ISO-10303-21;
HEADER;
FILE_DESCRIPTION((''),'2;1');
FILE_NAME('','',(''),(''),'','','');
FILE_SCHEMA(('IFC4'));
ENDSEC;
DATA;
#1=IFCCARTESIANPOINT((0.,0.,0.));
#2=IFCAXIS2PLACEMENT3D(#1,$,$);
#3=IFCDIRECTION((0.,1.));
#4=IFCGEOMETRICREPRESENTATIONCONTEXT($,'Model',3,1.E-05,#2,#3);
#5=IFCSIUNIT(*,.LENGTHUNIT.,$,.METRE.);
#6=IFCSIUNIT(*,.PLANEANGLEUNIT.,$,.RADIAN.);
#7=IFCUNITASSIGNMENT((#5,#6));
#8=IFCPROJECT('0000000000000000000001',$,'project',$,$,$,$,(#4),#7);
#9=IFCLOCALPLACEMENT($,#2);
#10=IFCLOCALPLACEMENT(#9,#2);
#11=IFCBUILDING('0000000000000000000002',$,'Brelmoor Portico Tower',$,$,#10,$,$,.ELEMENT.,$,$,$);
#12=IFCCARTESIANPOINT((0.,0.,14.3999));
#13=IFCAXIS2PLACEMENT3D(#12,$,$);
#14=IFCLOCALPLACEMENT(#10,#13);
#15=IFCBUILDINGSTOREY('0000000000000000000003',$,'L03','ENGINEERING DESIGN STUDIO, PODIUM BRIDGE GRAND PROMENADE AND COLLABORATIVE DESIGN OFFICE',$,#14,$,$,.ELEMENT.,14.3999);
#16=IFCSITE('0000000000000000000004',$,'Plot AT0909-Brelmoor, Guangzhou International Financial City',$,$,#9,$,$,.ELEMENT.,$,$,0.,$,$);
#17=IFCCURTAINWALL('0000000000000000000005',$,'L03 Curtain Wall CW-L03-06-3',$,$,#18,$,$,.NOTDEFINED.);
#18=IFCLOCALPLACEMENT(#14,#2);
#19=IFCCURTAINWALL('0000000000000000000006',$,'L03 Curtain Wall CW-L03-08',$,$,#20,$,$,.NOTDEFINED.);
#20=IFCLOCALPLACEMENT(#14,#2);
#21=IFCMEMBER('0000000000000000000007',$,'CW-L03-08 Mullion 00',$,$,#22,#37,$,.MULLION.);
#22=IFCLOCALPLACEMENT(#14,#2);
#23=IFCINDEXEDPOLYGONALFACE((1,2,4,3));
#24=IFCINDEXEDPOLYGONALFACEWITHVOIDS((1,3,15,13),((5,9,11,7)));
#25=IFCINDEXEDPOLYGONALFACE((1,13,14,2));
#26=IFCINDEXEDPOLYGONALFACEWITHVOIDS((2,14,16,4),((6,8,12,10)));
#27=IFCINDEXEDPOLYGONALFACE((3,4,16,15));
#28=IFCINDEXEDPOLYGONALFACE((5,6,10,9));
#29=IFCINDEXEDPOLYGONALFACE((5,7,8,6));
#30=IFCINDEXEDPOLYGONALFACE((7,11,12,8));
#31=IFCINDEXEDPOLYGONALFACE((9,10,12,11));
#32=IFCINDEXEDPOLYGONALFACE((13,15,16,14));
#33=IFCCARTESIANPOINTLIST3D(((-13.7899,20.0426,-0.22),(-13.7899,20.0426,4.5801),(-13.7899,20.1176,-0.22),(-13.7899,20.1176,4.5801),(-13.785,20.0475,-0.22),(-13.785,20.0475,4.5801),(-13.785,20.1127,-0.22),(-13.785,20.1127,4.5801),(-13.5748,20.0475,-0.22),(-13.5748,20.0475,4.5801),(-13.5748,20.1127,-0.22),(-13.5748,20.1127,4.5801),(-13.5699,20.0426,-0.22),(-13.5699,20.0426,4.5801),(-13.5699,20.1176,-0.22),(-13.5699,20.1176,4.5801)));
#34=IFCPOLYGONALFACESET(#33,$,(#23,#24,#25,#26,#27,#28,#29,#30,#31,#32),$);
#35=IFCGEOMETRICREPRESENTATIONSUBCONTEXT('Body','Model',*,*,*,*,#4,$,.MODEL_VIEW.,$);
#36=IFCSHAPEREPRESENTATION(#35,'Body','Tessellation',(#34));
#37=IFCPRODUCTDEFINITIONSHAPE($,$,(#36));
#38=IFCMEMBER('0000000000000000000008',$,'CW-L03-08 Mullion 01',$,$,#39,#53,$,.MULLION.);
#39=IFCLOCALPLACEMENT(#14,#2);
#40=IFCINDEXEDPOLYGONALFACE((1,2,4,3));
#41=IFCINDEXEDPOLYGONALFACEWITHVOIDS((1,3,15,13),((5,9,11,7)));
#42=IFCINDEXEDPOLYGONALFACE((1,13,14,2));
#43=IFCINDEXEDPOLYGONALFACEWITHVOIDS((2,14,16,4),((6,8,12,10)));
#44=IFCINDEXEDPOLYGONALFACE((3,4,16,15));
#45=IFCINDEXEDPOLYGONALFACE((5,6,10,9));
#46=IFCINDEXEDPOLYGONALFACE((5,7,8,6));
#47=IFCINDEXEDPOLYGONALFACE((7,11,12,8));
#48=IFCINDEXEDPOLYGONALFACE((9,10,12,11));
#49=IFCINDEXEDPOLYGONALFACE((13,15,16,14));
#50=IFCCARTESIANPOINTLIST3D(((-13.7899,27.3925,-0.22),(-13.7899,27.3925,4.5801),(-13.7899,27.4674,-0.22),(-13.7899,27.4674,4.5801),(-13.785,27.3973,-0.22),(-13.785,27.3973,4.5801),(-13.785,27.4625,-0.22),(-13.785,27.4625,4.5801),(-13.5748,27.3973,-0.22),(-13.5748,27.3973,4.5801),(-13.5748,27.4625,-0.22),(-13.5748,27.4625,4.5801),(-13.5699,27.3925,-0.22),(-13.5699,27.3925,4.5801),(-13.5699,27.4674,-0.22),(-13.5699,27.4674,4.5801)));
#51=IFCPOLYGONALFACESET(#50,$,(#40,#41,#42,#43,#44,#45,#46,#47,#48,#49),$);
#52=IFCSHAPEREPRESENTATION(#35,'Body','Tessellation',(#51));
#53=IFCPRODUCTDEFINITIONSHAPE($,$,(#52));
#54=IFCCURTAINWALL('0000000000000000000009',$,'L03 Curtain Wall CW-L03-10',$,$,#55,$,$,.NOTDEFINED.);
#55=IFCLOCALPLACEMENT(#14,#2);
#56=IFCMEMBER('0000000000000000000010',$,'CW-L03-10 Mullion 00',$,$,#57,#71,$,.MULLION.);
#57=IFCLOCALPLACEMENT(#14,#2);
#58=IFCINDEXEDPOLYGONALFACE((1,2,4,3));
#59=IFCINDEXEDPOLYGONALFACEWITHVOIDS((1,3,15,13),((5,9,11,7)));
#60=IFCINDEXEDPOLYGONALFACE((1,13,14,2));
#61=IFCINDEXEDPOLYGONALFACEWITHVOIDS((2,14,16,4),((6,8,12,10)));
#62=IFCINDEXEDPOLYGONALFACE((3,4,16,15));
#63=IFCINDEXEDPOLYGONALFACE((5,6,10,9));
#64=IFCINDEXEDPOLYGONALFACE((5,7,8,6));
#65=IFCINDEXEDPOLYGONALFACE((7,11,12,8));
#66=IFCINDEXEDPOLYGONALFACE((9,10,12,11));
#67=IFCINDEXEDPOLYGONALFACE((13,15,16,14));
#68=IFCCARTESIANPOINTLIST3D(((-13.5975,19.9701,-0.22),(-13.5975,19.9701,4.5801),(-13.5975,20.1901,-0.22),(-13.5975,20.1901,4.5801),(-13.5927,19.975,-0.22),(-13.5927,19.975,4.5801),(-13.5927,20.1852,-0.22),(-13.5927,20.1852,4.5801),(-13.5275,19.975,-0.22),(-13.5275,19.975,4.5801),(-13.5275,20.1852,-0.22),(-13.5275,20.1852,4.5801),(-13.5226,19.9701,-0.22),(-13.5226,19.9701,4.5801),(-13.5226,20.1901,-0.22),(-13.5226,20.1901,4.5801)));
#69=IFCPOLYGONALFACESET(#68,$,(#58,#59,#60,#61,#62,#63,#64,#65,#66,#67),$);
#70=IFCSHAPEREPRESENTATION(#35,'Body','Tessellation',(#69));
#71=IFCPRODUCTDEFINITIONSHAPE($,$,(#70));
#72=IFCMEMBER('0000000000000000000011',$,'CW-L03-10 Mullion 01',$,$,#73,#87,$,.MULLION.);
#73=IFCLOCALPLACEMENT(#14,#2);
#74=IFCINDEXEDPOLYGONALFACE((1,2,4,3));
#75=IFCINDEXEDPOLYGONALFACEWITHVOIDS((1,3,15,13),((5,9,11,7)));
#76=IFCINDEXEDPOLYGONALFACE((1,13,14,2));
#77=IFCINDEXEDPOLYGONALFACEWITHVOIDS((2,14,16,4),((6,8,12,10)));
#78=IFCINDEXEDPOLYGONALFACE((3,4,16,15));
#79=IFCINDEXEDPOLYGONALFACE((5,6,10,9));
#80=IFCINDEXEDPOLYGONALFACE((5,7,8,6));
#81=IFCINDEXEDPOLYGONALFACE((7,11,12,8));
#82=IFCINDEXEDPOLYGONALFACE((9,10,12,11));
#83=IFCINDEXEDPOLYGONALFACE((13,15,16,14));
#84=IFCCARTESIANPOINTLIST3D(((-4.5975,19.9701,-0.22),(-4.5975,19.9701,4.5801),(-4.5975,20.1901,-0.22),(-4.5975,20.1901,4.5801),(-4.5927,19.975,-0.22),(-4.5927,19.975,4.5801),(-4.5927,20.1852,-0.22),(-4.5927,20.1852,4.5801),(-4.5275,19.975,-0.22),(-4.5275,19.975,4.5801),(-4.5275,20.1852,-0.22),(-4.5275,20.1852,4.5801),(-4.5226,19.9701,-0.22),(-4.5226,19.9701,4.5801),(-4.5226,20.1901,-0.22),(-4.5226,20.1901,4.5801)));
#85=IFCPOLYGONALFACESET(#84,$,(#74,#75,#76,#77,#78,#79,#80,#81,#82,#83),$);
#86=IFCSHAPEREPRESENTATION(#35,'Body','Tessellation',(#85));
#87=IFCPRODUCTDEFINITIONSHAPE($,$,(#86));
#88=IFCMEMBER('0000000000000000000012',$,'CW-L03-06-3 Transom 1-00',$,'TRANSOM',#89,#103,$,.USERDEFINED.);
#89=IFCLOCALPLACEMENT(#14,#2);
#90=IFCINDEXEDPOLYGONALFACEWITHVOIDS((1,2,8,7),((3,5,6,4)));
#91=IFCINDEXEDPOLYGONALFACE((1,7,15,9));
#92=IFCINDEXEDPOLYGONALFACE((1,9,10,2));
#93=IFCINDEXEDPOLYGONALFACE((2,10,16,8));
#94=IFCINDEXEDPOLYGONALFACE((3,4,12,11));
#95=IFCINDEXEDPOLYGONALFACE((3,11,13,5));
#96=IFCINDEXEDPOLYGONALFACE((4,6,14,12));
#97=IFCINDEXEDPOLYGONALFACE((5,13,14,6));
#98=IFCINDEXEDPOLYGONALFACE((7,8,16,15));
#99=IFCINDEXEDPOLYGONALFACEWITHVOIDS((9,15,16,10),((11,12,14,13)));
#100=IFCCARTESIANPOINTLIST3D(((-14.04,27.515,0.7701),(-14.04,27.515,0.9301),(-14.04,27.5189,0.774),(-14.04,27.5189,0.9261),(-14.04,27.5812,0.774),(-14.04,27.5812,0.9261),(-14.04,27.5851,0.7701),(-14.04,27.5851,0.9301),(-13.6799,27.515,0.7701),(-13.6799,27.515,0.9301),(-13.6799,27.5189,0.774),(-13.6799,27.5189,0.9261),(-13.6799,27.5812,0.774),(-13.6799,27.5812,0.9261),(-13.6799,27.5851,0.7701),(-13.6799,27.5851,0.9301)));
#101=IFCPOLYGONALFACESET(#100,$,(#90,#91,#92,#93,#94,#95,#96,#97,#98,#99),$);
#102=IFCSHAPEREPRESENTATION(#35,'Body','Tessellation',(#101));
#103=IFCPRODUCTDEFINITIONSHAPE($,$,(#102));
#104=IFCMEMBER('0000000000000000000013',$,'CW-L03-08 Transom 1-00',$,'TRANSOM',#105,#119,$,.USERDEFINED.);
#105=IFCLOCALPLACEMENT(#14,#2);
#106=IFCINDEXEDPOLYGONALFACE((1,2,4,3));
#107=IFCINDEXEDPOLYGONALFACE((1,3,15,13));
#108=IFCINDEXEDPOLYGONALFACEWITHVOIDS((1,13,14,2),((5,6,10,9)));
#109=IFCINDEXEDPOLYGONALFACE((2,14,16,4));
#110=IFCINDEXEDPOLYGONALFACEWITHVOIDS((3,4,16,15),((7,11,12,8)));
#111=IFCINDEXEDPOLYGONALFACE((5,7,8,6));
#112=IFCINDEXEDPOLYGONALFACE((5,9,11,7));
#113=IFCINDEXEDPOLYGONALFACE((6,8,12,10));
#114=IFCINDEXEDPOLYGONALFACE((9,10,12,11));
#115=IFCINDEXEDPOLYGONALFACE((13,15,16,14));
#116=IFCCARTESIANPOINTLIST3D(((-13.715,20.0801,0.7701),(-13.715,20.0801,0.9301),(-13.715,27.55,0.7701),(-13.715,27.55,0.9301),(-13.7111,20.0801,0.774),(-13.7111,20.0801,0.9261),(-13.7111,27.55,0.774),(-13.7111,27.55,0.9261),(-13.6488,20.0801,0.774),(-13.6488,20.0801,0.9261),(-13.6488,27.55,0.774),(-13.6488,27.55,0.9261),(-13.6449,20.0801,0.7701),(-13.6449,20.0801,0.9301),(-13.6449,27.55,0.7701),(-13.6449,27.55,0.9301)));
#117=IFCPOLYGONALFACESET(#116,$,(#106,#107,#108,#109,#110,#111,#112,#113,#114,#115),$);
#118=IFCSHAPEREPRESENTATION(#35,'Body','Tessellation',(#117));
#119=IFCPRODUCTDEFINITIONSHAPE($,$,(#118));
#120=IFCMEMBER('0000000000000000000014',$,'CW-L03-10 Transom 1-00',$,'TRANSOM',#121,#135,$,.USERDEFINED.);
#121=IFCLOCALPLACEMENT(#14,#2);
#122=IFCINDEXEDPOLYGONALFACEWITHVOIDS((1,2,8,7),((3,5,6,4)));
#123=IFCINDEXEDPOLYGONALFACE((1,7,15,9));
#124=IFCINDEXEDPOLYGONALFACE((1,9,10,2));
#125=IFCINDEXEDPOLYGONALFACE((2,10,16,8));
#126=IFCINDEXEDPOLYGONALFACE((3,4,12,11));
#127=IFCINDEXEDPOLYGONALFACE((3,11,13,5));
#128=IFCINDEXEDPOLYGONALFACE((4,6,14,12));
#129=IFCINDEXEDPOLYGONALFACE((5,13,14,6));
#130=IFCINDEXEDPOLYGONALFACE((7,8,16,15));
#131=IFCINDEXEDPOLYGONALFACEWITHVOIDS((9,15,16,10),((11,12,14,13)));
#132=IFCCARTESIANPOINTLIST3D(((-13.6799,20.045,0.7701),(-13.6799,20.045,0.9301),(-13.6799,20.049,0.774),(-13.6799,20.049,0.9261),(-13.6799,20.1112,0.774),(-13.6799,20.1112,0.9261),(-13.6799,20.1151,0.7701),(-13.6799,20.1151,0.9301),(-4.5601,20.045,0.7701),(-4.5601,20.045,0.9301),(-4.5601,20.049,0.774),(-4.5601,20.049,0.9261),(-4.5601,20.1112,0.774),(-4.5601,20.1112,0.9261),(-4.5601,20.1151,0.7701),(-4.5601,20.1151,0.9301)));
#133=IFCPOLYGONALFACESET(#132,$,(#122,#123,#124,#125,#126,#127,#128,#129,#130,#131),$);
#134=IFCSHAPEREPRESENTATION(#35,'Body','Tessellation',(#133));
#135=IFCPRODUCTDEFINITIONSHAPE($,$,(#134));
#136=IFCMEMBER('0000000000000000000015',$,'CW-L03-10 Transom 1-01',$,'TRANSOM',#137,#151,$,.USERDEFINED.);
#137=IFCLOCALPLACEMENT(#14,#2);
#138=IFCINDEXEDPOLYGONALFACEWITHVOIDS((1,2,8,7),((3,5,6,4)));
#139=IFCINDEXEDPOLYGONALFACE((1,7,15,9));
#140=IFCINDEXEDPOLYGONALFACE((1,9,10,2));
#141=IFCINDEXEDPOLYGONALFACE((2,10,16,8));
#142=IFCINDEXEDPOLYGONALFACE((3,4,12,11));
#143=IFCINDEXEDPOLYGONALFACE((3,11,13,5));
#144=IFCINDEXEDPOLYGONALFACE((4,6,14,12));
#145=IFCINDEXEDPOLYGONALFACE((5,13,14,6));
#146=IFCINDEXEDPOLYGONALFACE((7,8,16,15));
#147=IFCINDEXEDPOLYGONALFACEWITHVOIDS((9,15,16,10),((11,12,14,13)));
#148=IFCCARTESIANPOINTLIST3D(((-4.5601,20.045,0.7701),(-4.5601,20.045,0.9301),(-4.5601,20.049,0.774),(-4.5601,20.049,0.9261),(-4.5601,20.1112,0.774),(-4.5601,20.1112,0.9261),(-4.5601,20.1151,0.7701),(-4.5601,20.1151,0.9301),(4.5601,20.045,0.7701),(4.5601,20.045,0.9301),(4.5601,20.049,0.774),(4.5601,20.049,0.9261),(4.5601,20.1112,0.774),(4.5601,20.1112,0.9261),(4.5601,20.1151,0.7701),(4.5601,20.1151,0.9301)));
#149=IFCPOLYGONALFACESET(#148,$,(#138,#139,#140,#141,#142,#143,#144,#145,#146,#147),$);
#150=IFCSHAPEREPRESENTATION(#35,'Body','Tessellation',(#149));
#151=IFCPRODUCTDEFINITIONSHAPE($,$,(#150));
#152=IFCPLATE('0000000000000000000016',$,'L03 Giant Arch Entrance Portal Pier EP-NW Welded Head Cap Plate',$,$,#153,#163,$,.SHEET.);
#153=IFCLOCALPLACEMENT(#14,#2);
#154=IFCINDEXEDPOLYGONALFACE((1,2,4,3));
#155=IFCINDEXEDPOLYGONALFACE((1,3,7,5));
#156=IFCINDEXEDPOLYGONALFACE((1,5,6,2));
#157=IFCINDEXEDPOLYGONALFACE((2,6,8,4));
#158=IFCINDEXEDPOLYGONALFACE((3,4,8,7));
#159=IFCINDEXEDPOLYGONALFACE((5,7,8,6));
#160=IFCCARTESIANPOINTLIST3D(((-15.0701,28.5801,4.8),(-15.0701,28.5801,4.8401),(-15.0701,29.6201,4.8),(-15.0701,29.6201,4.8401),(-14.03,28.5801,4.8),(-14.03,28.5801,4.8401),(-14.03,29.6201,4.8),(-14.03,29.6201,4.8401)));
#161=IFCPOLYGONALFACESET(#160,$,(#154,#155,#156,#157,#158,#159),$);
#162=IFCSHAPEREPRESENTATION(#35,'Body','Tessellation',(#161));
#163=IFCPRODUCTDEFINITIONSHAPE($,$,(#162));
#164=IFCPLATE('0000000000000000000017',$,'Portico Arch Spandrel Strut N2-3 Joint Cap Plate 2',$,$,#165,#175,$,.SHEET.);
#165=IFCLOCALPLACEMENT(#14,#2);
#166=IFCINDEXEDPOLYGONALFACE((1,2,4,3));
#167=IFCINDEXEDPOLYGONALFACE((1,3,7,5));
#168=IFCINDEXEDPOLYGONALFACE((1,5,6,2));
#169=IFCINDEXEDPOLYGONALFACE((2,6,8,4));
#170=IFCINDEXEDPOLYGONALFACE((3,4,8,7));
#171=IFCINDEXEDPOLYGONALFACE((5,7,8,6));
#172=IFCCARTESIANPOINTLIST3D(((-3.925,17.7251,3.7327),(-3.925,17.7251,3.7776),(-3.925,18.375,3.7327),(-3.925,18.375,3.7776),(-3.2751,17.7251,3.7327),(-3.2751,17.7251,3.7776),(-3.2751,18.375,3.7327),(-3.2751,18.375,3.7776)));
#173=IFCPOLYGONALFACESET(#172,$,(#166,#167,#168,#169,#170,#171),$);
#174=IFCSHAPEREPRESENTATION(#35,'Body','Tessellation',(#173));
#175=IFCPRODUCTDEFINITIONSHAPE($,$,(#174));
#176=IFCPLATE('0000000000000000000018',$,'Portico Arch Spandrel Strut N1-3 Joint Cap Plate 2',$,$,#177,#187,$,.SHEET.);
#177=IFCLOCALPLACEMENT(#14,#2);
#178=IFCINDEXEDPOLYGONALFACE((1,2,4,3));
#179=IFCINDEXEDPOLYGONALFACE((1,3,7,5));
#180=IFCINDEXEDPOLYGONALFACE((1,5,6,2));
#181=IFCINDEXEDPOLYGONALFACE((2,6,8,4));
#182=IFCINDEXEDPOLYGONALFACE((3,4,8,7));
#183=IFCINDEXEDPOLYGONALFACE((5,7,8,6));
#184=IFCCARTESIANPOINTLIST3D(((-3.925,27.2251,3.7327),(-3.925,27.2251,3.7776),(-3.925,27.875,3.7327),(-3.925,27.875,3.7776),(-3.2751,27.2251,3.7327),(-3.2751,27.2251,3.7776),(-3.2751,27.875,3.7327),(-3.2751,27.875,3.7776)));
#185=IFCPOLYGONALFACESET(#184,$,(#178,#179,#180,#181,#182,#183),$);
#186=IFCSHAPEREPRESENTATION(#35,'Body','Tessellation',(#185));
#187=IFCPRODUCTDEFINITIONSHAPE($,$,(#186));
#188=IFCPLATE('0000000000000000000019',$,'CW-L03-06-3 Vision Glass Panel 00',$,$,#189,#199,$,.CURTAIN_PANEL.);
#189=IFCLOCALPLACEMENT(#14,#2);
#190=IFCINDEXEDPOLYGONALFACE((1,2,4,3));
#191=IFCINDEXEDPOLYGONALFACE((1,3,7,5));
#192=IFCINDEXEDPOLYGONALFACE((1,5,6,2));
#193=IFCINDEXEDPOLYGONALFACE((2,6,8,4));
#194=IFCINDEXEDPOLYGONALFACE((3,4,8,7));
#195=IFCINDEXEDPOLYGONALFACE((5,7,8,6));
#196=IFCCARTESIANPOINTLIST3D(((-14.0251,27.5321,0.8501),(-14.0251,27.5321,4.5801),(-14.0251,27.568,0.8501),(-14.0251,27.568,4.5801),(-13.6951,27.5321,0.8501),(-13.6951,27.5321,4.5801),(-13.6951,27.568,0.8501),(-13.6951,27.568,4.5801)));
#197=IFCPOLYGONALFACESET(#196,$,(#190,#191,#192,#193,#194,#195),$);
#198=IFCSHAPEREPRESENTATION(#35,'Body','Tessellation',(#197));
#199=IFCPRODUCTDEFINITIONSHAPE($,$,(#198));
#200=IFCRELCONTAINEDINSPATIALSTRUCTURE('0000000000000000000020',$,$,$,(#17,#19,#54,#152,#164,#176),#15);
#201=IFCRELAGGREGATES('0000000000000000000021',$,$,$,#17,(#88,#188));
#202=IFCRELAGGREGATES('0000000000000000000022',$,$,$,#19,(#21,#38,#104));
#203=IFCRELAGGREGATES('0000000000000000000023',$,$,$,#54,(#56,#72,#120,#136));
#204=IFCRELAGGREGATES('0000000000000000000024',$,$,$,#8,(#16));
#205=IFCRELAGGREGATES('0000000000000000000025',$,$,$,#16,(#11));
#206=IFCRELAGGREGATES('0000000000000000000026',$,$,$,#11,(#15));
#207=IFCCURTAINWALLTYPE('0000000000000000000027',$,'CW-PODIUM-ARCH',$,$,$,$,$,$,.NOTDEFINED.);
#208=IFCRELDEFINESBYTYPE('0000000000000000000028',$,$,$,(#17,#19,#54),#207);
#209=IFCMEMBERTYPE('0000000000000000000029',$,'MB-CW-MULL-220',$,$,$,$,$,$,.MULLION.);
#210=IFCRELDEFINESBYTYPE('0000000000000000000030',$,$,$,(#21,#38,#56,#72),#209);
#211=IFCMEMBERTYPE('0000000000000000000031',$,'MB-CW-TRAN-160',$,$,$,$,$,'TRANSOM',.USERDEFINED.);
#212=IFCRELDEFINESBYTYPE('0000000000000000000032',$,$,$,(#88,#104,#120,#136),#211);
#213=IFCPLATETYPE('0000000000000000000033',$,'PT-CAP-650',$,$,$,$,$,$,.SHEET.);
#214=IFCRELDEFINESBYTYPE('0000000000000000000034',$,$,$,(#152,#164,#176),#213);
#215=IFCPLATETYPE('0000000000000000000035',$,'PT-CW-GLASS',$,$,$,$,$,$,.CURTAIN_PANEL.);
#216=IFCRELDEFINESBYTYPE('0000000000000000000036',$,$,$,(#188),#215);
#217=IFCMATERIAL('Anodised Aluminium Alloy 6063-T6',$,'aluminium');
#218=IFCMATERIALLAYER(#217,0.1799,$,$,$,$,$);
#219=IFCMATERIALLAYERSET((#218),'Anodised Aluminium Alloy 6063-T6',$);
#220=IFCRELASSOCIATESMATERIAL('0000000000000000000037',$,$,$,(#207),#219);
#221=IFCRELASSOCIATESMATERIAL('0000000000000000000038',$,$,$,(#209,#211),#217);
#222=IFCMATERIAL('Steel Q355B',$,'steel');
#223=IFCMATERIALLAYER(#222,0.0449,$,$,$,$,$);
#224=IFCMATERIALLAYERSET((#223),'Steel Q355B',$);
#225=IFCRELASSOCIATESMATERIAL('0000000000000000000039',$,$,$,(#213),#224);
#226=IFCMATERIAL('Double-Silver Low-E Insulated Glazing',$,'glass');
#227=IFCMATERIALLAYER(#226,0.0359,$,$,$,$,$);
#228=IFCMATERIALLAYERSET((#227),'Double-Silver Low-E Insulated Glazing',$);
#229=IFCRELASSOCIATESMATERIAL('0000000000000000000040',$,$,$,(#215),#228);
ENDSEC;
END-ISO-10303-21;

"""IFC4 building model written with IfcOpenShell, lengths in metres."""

from ifc_helpers import new_model, si_unit, direction, frame, origin, origin_2d, place, context, subcontext, project, spatial, rectangle, hollow_rectangle, extrude, material, layer, layer_set, material_profile, profile_set, type_object, element, aggregate, save


model = new_model("IFC4")

# Units and contexts
model_context = context("Model", 3, precision=1e-05, world=origin(), true_north=direction((0.0, 1.0)))
body_context = subcontext(model_context, "Body", "Model", "MODEL_VIEW")
ifc_project = project(units=[si_unit("LENGTHUNIT", "METRE"), si_unit("PLANEANGLEUNIT", "RADIAN")], contexts=[model_context])

# Site, building, storey
site_placement = place(None, origin())
site = spatial("IfcSite", under=ifc_project, at=site_placement, Name="Plot AT0909-Brelmoor, Guangzhou International Financial City", CompositionType="ELEMENT", RefElevation=0.0)
building_placement = place(site_placement, origin())
building = spatial("IfcBuilding", under=site, at=building_placement, Name="Brelmoor Portico Tower", CompositionType="ELEMENT")
storey_placement = place(building_placement, frame((0.0, 0.0, 14.3999)))
storey = spatial("IfcBuildingStorey", under=building, at=storey_placement, Name="L03", Description="ENGINEERING DESIGN STUDIO, PODIUM BRIDGE GRAND PROMENADE AND COLLABORATIVE DESIGN OFFICE", CompositionType="ELEMENT", Elevation=14.3999)

# Shared definitions
ifc_material_1 = material(Name="Steel Q355B", Category="steel")

# Curtain walls, members
ifc_material_2 = material(Name="Anodised Aluminium Alloy 6063-T6", Category="aluminium")
ifc_layer_1 = layer(ifc_material_2, 0.1799)
ifc_layer_set_1 = layer_set([ifc_layer_1], Name="Anodised Aluminium Alloy 6063-T6")
curtain_wall_type = type_object("IfcCurtainWallType", Name="CW-PODIUM-ARCH", PredefinedType="NOTDEFINED", material=ifc_layer_set_1)
curtain_wall_1_placement = place(storey_placement, origin())
curtain_wall_1 = element("IfcCurtainWall", 1, at=curtain_wall_1_placement, inside=storey, type_object=curtain_wall_type, Name="L03 Curtain Wall CW-L03-06-3", PredefinedType="NOTDEFINED")
ifc_material_profile_1 = material_profile(ifc_material_2, hollow_rectangle(XDim=0.075, YDim=0.22, WallThickness=0.0049, at=origin_2d()), Name="ALU MULLION 75x220")
ifc_profile_set_1 = profile_set([ifc_material_profile_1], Name="Anodised Aluminium Alloy 6063-T6")
member_type_1 = type_object("IfcMemberType", Name="MB-CW-MULL-220", PredefinedType="MULLION", material=ifc_profile_set_1)
curtain_wall_2_placement = place(storey_placement, origin())
curtain_wall_2 = element("IfcCurtainWall", 2, at=curtain_wall_2_placement, inside=storey, type_object=curtain_wall_type, Name="L03 Curtain Wall CW-L03-08", PredefinedType="NOTDEFINED")
member_1_placement = place(storey_placement, frame((-13.6799, 20.0801, -0.22), z_axis=(0.0, 0.0, 1.0), x_axis=(0.0, 1.0, 0.0)))
member_1 = element("IfcMember", 3, at=member_1_placement, type_object=member_type_1, Name="CW-L03-08 Mullion 00", PredefinedType="MULLION", context=body_context, shape_type="SweptSolid", body=[
    extrude(hollow_rectangle(XDim=0.075, YDim=0.22, WallThickness=0.0049, at=origin_2d()), origin(), (0.0, 0.0, 1.0), 4.8),
])
member_2_placement = place(storey_placement, frame((-13.6799, 27.4299, -0.22), z_axis=(0.0, 0.0, 1.0), x_axis=(0.0, 1.0, 0.0)))
member_2 = element("IfcMember", 4, at=member_2_placement, type_object=member_type_1, Name="CW-L03-08 Mullion 01", PredefinedType="MULLION", context=body_context, shape_type="SweptSolid", body=[
    extrude(hollow_rectangle(XDim=0.075, YDim=0.22, WallThickness=0.0049, at=origin_2d()), origin(), (0.0, 0.0, 1.0), 4.8),
])
curtain_wall_3_placement = place(storey_placement, origin())
curtain_wall_3 = element("IfcCurtainWall", 5, at=curtain_wall_3_placement, inside=storey, type_object=curtain_wall_type, Name="L03 Curtain Wall CW-L03-10", PredefinedType="NOTDEFINED")
member_3_placement = place(storey_placement, frame((-13.5601, 20.0801, -0.22), z_axis=(0.0, 0.0, 1.0), x_axis=(1.0, 0.0, 0.0)))
member_3 = element("IfcMember", 6, at=member_3_placement, type_object=member_type_1, Name="CW-L03-10 Mullion 00", PredefinedType="MULLION", context=body_context, shape_type="SweptSolid", body=[
    extrude(hollow_rectangle(XDim=0.075, YDim=0.22, WallThickness=0.0049, at=origin_2d()), origin(), (0.0, 0.0, 1.0), 4.8),
])
member_4_placement = place(storey_placement, frame((-4.5601, 20.0801, -0.22), z_axis=(0.0, 0.0, 1.0), x_axis=(1.0, 0.0, 0.0)))
member_4 = element("IfcMember", 7, at=member_4_placement, type_object=member_type_1, Name="CW-L03-10 Mullion 01", PredefinedType="MULLION", context=body_context, shape_type="SweptSolid", body=[
    extrude(hollow_rectangle(XDim=0.075, YDim=0.22, WallThickness=0.0049, at=origin_2d()), origin(), (0.0, 0.0, 1.0), 4.8),
])

# Members
ifc_material_profile_2 = material_profile(ifc_material_2, hollow_rectangle(XDim=0.0701, YDim=0.1599, WallThickness=0.0039, at=origin_2d()), Name="ALU TRANSOM 70x160")
ifc_profile_set_2 = profile_set([ifc_material_profile_2], Name="Anodised Aluminium Alloy 6063-T6")
member_type_2 = type_object("IfcMemberType", Name="MB-CW-TRAN-160", ElementType="TRANSOM", PredefinedType="USERDEFINED", material=ifc_profile_set_2)
member_5_placement = place(storey_placement, frame((-14.04, 27.55, 0.8501), z_axis=(1.0, 0.0, 0.0), x_axis=(0.0, 1.0, 0.0)))
member_5 = element("IfcMember", 8, at=member_5_placement, type_object=member_type_2, Name="CW-L03-06-3 Transom 1-00", ObjectType="TRANSOM", PredefinedType="USERDEFINED", context=body_context, shape_type="SweptSolid", body=[
    extrude(hollow_rectangle(XDim=0.0701, YDim=0.1599, WallThickness=0.0039, at=origin_2d()), origin(), (0.0, 0.0, 1.0), 0.3601),
])
member_6_placement = place(storey_placement, frame((-13.6799, 20.0801, 0.8501), z_axis=(0.0, 1.0, 0.0), x_axis=(-1.0, 0.0, 0.0)))
member_6 = element("IfcMember", 9, at=member_6_placement, type_object=member_type_2, Name="CW-L03-08 Transom 1-00", ObjectType="TRANSOM", PredefinedType="USERDEFINED", context=body_context, shape_type="SweptSolid", body=[
    extrude(hollow_rectangle(XDim=0.0701, YDim=0.1599, WallThickness=0.0039, at=origin_2d()), origin(), (0.0, 0.0, 1.0), 7.47),
])
member_7_placement = place(storey_placement, frame((-13.6799, 20.0801, 0.8501), z_axis=(1.0, 0.0, 0.0), x_axis=(0.0, 1.0, 0.0)))
member_7 = element("IfcMember", 10, at=member_7_placement, type_object=member_type_2, Name="CW-L03-10 Transom 1-00", ObjectType="TRANSOM", PredefinedType="USERDEFINED", context=body_context, shape_type="SweptSolid", body=[
    extrude(hollow_rectangle(XDim=0.0701, YDim=0.1599, WallThickness=0.0039, at=origin_2d()), origin(), (0.0, 0.0, 1.0), 9.1199),
])
member_8_placement = place(storey_placement, frame((-4.5601, 20.0801, 0.8501), z_axis=(1.0, 0.0, 0.0), x_axis=(0.0, 1.0, 0.0)))
member_8 = element("IfcMember", 11, at=member_8_placement, type_object=member_type_2, Name="CW-L03-10 Transom 1-01", ObjectType="TRANSOM", PredefinedType="USERDEFINED", context=body_context, shape_type="SweptSolid", body=[
    extrude(hollow_rectangle(XDim=0.0701, YDim=0.1599, WallThickness=0.0039, at=origin_2d()), origin(), (0.0, 0.0, 1.0), 9.1201),
])

# Plates
ifc_layer_2 = layer(ifc_material_1, 0.0449)
ifc_layer_set_2 = layer_set([ifc_layer_2], Name="Steel Q355B")
plate_type_1 = type_object("IfcPlateType", Name="PT-CAP-650", PredefinedType="SHEET", material=ifc_layer_set_2)
plate_1_placement = place(storey_placement, frame((-14.55, 29.1001, 4.8), z_axis=(0.0, 0.0, 1.0), x_axis=(1.0, 0.0, 0.0)))
element("IfcPlate", 12, at=plate_1_placement, inside=storey, type_object=plate_type_1, Name="L03 Giant Arch Entrance Portal Pier EP-NW Welded Head Cap Plate", PredefinedType="SHEET", context=body_context, shape_type="SweptSolid", body=[
    extrude(rectangle(XDim=1.04, YDim=1.04, at=origin_2d()), origin(), (0.0, 0.0, 1.0), 0.04),
])
for number, where, z_axis, x_axis, name in (
    (13, (-3.6001, 18.05, 3.7327), (0.0, 0.0, 1.0), (1.0, 0.0, 0.0), "Portico Arch Spandrel Strut N2-3 Joint Cap Plate 2"),
    (14, (-3.6001, 27.55, 3.7327), (0.0, 0.0, 1.0), (1.0, 0.0, 0.0), "Portico Arch Spandrel Strut N1-3 Joint Cap Plate 2"),
):
    element("IfcPlate", number, at=place(storey_placement, frame(where, z_axis=z_axis, x_axis=x_axis)), inside=storey, type_object=plate_type_1, Name=name, PredefinedType="SHEET", context=body_context, shape_type="SweptSolid", body=[
        extrude(rectangle(XDim=0.6499, YDim=0.6499, at=origin_2d()), origin(), (0.0, 0.0, 1.0), 0.0449),
    ])

# Plate
ifc_material_3 = material(Name="Double-Silver Low-E Insulated Glazing", Category="glass")
ifc_layer_3 = layer(ifc_material_3, 0.0359)
ifc_layer_set_3 = layer_set([ifc_layer_3], Name="Double-Silver Low-E Insulated Glazing")
plate_type_2 = type_object("IfcPlateType", Name="PT-CW-GLASS", PredefinedType="CURTAIN_PANEL", material=ifc_layer_set_3)
plate_2_placement = place(storey_placement, frame((-13.8601, 27.55, 0.8501), z_axis=(0.0, 0.0, 1.0), x_axis=(1.0, 0.0, 0.0)))
plate_2 = element("IfcPlate", 15, at=plate_2_placement, type_object=plate_type_2, Name="CW-L03-06-3 Vision Glass Panel 00", PredefinedType="CURTAIN_PANEL", context=body_context, shape_type="SweptSolid", body=[
    extrude(rectangle(XDim=0.3301, YDim=0.0359, at=origin_2d()), origin(), (0.0, 0.0, 1.0), 3.73),
])
aggregate(curtain_wall_1, [member_5, plate_2])
aggregate(curtain_wall_2, [member_1, member_2, member_6])
aggregate(curtain_wall_3, [member_3, member_4, member_7, member_8])

save(model, "model.ifc")
